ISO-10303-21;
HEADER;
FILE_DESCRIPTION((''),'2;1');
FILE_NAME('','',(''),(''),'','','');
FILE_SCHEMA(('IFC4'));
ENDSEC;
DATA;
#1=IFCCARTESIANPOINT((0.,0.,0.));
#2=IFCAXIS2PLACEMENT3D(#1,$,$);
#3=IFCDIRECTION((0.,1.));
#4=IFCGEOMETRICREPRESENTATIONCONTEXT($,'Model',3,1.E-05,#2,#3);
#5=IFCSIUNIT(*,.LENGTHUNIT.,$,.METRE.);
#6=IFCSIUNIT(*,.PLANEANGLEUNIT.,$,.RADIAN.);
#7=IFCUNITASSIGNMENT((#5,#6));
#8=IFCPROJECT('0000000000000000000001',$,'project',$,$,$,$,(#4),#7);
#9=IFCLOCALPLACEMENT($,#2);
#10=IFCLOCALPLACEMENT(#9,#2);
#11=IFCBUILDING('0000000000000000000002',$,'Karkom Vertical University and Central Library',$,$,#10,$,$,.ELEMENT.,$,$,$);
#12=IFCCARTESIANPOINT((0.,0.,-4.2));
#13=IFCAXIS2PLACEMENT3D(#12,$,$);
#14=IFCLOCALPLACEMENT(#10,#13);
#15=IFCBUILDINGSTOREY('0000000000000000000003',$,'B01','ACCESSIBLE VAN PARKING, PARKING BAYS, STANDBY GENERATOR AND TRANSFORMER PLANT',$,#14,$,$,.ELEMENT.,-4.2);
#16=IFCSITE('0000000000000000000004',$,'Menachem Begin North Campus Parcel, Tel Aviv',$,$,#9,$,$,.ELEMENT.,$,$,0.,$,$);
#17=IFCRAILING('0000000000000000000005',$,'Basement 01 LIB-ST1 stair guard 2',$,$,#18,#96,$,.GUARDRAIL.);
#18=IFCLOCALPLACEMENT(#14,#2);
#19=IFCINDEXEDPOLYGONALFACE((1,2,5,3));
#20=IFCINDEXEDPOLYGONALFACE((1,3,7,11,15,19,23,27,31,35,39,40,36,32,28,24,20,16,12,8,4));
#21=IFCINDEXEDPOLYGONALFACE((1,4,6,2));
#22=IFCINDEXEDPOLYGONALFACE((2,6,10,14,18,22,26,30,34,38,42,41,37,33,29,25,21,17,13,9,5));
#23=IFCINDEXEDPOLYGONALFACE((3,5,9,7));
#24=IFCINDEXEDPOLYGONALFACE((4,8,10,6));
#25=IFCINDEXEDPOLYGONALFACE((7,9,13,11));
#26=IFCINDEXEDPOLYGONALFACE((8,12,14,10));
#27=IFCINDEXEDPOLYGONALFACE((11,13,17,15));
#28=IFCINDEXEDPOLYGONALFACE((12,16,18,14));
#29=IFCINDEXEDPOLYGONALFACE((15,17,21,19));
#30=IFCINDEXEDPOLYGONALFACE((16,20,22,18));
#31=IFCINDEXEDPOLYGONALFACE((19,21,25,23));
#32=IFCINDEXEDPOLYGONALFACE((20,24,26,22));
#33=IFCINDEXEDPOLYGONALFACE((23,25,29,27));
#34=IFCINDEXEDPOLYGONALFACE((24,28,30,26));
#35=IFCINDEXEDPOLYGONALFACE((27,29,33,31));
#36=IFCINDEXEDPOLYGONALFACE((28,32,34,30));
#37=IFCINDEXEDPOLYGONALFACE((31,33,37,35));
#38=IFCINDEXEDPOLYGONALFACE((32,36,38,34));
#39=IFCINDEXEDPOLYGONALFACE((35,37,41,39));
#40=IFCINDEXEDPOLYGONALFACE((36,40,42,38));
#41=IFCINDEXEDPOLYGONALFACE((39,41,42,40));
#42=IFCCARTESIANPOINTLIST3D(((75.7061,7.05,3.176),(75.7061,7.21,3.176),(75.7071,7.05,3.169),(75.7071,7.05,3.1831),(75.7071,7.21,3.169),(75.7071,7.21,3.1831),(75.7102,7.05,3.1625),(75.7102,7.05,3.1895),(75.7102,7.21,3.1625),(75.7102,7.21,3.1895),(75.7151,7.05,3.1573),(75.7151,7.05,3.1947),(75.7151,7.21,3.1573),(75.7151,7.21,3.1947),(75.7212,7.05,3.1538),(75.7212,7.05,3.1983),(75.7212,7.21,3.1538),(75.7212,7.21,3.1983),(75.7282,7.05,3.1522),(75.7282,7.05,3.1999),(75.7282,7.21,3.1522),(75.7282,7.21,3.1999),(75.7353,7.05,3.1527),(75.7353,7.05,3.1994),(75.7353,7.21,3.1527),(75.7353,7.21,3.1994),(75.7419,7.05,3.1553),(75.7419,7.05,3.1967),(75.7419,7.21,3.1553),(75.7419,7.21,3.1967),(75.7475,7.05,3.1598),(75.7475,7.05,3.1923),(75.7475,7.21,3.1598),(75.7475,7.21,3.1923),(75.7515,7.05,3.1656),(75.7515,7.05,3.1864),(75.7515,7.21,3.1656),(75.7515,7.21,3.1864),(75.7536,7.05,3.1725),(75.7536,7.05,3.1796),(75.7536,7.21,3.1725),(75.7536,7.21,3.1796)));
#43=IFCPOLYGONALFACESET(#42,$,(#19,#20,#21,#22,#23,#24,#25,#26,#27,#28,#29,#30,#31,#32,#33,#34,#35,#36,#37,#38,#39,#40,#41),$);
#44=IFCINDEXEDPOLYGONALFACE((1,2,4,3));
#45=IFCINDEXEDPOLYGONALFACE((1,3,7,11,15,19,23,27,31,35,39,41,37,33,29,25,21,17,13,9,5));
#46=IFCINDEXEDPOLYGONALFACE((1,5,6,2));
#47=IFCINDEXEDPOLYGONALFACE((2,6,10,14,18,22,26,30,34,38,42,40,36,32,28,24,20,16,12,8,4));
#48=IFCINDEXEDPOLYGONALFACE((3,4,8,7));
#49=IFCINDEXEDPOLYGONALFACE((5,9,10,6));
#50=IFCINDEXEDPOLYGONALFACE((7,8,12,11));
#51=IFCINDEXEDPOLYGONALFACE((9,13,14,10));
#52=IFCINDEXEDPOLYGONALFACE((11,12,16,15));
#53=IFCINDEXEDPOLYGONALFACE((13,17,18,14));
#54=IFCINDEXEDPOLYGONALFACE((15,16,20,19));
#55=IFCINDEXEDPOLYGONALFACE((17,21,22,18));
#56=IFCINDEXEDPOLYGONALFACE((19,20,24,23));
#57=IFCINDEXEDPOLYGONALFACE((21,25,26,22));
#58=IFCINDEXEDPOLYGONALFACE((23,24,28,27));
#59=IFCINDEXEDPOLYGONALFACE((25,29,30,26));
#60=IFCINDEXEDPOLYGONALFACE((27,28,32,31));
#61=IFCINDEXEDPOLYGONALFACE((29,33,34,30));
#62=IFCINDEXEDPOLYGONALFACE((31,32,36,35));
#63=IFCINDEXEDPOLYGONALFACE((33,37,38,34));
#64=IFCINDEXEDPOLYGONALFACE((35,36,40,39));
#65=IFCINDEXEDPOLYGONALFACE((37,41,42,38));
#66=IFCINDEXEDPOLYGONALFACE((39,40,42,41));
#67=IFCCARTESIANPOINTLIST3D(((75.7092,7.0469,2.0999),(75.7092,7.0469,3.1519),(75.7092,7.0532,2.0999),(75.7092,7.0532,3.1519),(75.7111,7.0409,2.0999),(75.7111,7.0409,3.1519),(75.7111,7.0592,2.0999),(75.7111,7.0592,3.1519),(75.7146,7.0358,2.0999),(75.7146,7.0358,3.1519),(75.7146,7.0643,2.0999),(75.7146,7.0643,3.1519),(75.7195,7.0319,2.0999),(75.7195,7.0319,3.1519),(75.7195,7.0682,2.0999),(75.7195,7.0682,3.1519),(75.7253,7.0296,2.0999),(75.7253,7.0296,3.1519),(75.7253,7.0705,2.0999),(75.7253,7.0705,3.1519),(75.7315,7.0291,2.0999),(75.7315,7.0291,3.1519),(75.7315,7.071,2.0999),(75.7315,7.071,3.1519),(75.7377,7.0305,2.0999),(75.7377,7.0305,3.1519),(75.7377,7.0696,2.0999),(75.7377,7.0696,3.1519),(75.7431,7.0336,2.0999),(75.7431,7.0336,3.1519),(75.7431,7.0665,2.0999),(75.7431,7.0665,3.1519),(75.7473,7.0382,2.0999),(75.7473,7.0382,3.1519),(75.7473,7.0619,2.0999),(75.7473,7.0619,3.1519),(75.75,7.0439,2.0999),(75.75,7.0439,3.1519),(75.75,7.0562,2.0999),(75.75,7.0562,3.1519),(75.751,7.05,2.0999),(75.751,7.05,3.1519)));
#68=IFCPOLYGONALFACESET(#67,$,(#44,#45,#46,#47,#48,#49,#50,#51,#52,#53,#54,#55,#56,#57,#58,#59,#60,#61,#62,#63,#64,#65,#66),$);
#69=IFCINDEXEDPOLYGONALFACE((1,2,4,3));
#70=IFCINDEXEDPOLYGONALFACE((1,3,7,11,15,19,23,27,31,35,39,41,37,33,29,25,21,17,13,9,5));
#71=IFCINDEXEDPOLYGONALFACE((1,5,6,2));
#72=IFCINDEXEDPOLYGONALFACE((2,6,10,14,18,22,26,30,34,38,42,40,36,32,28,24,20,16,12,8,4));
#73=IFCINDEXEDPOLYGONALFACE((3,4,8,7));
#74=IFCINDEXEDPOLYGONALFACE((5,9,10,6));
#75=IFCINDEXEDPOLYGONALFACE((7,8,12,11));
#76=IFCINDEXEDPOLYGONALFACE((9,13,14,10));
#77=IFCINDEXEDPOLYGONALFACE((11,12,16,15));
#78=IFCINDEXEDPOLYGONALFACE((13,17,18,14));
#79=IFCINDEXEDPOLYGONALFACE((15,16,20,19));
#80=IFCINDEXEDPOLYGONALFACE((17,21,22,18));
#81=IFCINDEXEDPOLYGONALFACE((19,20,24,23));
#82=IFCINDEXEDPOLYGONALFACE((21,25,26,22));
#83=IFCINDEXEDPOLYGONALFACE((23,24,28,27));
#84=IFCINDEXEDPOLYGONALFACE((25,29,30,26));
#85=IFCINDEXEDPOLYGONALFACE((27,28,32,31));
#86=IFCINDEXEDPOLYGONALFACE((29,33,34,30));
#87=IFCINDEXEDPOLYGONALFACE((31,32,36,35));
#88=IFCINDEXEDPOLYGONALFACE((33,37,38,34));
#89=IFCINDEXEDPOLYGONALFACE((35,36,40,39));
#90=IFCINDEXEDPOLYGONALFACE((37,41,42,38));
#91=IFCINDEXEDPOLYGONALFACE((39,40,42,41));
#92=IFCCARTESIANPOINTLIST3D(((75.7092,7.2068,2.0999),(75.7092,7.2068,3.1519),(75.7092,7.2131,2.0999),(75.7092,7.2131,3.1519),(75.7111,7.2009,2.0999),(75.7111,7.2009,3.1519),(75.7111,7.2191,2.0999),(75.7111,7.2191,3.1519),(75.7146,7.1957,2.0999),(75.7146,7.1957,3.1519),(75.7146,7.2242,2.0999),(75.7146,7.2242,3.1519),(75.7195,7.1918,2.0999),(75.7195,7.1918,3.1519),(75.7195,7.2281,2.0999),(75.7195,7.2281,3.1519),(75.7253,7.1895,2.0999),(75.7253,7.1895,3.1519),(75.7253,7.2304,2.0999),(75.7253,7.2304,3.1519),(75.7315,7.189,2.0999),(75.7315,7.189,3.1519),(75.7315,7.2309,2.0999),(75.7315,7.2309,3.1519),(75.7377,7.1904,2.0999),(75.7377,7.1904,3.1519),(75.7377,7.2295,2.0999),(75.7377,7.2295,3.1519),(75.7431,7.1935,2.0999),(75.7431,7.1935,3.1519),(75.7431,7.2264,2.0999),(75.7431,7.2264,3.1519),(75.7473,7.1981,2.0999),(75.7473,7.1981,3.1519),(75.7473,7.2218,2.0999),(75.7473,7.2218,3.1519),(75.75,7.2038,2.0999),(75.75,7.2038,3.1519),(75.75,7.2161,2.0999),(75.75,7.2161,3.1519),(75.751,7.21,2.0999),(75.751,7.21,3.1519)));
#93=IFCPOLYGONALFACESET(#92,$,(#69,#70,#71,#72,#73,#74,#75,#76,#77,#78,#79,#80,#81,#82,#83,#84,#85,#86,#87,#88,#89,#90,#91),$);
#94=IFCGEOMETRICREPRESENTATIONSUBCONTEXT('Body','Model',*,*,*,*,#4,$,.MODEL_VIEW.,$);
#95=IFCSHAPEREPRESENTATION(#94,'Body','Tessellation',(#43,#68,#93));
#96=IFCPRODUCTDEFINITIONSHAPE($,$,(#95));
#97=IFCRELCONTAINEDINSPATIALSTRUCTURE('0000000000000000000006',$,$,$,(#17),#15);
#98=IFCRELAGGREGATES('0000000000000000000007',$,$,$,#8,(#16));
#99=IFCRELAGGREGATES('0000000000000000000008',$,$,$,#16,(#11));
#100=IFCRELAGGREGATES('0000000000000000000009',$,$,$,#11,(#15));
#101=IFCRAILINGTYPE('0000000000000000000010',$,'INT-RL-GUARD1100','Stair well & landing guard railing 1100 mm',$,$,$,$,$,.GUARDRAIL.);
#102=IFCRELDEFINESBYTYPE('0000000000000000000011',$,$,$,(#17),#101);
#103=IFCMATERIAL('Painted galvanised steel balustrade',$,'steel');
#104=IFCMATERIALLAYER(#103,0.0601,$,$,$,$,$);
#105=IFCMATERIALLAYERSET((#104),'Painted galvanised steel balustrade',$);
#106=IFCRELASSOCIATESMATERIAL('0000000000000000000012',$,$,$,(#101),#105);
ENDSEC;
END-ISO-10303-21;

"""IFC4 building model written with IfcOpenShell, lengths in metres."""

from ifc_helpers import new_model, si_unit, direction, frame, origin, origin_2d, place, context, subcontext, project, spatial, circle, extrude, material, layer, layer_set, type_object, element, save


model = new_model("IFC4")

# Units and contexts
model_context = context("Model", 3, precision=1e-05, world=origin(), true_north=direction((0.0, 1.0)))
body_context = subcontext(model_context, "Body", "Model", "MODEL_VIEW")
ifc_project = project(units=[si_unit("LENGTHUNIT", "METRE"), si_unit("PLANEANGLEUNIT", "RADIAN")], contexts=[model_context])

# Site, building, storey
site_placement = place(None, origin())
site = spatial("IfcSite", under=ifc_project, at=site_placement, Name="Menachem Begin North Campus Parcel, Tel Aviv", CompositionType="ELEMENT", RefElevation=0.0)
building_placement = place(site_placement, origin())
building = spatial("IfcBuilding", under=site, at=building_placement, Name="Karkom Vertical University and Central Library", CompositionType="ELEMENT")
storey_placement = place(building_placement, frame((0.0, 0.0, -4.2)))
storey = spatial("IfcBuildingStorey", under=building, at=storey_placement, Name="B01", Description="ACCESSIBLE VAN PARKING, PARKING BAYS, STANDBY GENERATOR AND TRANSFORMER PLANT", CompositionType="ELEMENT", Elevation=-4.2)

# Railing
ifc_material_1 = material(Name="Painted galvanised steel balustrade", Category="steel")
ifc_layer_1 = layer(ifc_material_1, 0.0601)
ifc_layer_set_1 = layer_set([ifc_layer_1], Name="Painted galvanised steel balustrade")
railing_type_1 = type_object("IfcRailingType", Name="INT-RL-GUARD1100", Description="Stair well & landing guard railing 1100 mm", PredefinedType="GUARDRAIL", material=ifc_layer_set_1)
railing_1_placement = place(storey_placement, frame((75.73, 7.05, 2.0999)))
element("IfcRailing", 1, at=railing_1_placement, inside=storey, type_object=railing_type_1, Name="Basement 01 LIB-ST1 stair guard 2", PredefinedType="GUARDRAIL", context=body_context, shape_type="SweptSolid", body=[
    extrude(circle(Radius=0.0239, at=origin_2d()), frame((0.0, 0.0, 1.0762), z_axis=(0.0, 1.0, 0.0), x_axis=(-1.0, 0.0, 0.0)), (0.0, 0.0, 1.0), 0.1599),
    extrude(circle(Radius=0.021, at=origin_2d()), origin(), (0.0, 0.0, 1.0), 1.052),
    extrude(circle(Radius=0.021, at=origin_2d()), frame((0.0, 0.1599, 0.0)), (0.0, 0.0, 1.0), 1.052),
])

save(model, "model.ifc")
